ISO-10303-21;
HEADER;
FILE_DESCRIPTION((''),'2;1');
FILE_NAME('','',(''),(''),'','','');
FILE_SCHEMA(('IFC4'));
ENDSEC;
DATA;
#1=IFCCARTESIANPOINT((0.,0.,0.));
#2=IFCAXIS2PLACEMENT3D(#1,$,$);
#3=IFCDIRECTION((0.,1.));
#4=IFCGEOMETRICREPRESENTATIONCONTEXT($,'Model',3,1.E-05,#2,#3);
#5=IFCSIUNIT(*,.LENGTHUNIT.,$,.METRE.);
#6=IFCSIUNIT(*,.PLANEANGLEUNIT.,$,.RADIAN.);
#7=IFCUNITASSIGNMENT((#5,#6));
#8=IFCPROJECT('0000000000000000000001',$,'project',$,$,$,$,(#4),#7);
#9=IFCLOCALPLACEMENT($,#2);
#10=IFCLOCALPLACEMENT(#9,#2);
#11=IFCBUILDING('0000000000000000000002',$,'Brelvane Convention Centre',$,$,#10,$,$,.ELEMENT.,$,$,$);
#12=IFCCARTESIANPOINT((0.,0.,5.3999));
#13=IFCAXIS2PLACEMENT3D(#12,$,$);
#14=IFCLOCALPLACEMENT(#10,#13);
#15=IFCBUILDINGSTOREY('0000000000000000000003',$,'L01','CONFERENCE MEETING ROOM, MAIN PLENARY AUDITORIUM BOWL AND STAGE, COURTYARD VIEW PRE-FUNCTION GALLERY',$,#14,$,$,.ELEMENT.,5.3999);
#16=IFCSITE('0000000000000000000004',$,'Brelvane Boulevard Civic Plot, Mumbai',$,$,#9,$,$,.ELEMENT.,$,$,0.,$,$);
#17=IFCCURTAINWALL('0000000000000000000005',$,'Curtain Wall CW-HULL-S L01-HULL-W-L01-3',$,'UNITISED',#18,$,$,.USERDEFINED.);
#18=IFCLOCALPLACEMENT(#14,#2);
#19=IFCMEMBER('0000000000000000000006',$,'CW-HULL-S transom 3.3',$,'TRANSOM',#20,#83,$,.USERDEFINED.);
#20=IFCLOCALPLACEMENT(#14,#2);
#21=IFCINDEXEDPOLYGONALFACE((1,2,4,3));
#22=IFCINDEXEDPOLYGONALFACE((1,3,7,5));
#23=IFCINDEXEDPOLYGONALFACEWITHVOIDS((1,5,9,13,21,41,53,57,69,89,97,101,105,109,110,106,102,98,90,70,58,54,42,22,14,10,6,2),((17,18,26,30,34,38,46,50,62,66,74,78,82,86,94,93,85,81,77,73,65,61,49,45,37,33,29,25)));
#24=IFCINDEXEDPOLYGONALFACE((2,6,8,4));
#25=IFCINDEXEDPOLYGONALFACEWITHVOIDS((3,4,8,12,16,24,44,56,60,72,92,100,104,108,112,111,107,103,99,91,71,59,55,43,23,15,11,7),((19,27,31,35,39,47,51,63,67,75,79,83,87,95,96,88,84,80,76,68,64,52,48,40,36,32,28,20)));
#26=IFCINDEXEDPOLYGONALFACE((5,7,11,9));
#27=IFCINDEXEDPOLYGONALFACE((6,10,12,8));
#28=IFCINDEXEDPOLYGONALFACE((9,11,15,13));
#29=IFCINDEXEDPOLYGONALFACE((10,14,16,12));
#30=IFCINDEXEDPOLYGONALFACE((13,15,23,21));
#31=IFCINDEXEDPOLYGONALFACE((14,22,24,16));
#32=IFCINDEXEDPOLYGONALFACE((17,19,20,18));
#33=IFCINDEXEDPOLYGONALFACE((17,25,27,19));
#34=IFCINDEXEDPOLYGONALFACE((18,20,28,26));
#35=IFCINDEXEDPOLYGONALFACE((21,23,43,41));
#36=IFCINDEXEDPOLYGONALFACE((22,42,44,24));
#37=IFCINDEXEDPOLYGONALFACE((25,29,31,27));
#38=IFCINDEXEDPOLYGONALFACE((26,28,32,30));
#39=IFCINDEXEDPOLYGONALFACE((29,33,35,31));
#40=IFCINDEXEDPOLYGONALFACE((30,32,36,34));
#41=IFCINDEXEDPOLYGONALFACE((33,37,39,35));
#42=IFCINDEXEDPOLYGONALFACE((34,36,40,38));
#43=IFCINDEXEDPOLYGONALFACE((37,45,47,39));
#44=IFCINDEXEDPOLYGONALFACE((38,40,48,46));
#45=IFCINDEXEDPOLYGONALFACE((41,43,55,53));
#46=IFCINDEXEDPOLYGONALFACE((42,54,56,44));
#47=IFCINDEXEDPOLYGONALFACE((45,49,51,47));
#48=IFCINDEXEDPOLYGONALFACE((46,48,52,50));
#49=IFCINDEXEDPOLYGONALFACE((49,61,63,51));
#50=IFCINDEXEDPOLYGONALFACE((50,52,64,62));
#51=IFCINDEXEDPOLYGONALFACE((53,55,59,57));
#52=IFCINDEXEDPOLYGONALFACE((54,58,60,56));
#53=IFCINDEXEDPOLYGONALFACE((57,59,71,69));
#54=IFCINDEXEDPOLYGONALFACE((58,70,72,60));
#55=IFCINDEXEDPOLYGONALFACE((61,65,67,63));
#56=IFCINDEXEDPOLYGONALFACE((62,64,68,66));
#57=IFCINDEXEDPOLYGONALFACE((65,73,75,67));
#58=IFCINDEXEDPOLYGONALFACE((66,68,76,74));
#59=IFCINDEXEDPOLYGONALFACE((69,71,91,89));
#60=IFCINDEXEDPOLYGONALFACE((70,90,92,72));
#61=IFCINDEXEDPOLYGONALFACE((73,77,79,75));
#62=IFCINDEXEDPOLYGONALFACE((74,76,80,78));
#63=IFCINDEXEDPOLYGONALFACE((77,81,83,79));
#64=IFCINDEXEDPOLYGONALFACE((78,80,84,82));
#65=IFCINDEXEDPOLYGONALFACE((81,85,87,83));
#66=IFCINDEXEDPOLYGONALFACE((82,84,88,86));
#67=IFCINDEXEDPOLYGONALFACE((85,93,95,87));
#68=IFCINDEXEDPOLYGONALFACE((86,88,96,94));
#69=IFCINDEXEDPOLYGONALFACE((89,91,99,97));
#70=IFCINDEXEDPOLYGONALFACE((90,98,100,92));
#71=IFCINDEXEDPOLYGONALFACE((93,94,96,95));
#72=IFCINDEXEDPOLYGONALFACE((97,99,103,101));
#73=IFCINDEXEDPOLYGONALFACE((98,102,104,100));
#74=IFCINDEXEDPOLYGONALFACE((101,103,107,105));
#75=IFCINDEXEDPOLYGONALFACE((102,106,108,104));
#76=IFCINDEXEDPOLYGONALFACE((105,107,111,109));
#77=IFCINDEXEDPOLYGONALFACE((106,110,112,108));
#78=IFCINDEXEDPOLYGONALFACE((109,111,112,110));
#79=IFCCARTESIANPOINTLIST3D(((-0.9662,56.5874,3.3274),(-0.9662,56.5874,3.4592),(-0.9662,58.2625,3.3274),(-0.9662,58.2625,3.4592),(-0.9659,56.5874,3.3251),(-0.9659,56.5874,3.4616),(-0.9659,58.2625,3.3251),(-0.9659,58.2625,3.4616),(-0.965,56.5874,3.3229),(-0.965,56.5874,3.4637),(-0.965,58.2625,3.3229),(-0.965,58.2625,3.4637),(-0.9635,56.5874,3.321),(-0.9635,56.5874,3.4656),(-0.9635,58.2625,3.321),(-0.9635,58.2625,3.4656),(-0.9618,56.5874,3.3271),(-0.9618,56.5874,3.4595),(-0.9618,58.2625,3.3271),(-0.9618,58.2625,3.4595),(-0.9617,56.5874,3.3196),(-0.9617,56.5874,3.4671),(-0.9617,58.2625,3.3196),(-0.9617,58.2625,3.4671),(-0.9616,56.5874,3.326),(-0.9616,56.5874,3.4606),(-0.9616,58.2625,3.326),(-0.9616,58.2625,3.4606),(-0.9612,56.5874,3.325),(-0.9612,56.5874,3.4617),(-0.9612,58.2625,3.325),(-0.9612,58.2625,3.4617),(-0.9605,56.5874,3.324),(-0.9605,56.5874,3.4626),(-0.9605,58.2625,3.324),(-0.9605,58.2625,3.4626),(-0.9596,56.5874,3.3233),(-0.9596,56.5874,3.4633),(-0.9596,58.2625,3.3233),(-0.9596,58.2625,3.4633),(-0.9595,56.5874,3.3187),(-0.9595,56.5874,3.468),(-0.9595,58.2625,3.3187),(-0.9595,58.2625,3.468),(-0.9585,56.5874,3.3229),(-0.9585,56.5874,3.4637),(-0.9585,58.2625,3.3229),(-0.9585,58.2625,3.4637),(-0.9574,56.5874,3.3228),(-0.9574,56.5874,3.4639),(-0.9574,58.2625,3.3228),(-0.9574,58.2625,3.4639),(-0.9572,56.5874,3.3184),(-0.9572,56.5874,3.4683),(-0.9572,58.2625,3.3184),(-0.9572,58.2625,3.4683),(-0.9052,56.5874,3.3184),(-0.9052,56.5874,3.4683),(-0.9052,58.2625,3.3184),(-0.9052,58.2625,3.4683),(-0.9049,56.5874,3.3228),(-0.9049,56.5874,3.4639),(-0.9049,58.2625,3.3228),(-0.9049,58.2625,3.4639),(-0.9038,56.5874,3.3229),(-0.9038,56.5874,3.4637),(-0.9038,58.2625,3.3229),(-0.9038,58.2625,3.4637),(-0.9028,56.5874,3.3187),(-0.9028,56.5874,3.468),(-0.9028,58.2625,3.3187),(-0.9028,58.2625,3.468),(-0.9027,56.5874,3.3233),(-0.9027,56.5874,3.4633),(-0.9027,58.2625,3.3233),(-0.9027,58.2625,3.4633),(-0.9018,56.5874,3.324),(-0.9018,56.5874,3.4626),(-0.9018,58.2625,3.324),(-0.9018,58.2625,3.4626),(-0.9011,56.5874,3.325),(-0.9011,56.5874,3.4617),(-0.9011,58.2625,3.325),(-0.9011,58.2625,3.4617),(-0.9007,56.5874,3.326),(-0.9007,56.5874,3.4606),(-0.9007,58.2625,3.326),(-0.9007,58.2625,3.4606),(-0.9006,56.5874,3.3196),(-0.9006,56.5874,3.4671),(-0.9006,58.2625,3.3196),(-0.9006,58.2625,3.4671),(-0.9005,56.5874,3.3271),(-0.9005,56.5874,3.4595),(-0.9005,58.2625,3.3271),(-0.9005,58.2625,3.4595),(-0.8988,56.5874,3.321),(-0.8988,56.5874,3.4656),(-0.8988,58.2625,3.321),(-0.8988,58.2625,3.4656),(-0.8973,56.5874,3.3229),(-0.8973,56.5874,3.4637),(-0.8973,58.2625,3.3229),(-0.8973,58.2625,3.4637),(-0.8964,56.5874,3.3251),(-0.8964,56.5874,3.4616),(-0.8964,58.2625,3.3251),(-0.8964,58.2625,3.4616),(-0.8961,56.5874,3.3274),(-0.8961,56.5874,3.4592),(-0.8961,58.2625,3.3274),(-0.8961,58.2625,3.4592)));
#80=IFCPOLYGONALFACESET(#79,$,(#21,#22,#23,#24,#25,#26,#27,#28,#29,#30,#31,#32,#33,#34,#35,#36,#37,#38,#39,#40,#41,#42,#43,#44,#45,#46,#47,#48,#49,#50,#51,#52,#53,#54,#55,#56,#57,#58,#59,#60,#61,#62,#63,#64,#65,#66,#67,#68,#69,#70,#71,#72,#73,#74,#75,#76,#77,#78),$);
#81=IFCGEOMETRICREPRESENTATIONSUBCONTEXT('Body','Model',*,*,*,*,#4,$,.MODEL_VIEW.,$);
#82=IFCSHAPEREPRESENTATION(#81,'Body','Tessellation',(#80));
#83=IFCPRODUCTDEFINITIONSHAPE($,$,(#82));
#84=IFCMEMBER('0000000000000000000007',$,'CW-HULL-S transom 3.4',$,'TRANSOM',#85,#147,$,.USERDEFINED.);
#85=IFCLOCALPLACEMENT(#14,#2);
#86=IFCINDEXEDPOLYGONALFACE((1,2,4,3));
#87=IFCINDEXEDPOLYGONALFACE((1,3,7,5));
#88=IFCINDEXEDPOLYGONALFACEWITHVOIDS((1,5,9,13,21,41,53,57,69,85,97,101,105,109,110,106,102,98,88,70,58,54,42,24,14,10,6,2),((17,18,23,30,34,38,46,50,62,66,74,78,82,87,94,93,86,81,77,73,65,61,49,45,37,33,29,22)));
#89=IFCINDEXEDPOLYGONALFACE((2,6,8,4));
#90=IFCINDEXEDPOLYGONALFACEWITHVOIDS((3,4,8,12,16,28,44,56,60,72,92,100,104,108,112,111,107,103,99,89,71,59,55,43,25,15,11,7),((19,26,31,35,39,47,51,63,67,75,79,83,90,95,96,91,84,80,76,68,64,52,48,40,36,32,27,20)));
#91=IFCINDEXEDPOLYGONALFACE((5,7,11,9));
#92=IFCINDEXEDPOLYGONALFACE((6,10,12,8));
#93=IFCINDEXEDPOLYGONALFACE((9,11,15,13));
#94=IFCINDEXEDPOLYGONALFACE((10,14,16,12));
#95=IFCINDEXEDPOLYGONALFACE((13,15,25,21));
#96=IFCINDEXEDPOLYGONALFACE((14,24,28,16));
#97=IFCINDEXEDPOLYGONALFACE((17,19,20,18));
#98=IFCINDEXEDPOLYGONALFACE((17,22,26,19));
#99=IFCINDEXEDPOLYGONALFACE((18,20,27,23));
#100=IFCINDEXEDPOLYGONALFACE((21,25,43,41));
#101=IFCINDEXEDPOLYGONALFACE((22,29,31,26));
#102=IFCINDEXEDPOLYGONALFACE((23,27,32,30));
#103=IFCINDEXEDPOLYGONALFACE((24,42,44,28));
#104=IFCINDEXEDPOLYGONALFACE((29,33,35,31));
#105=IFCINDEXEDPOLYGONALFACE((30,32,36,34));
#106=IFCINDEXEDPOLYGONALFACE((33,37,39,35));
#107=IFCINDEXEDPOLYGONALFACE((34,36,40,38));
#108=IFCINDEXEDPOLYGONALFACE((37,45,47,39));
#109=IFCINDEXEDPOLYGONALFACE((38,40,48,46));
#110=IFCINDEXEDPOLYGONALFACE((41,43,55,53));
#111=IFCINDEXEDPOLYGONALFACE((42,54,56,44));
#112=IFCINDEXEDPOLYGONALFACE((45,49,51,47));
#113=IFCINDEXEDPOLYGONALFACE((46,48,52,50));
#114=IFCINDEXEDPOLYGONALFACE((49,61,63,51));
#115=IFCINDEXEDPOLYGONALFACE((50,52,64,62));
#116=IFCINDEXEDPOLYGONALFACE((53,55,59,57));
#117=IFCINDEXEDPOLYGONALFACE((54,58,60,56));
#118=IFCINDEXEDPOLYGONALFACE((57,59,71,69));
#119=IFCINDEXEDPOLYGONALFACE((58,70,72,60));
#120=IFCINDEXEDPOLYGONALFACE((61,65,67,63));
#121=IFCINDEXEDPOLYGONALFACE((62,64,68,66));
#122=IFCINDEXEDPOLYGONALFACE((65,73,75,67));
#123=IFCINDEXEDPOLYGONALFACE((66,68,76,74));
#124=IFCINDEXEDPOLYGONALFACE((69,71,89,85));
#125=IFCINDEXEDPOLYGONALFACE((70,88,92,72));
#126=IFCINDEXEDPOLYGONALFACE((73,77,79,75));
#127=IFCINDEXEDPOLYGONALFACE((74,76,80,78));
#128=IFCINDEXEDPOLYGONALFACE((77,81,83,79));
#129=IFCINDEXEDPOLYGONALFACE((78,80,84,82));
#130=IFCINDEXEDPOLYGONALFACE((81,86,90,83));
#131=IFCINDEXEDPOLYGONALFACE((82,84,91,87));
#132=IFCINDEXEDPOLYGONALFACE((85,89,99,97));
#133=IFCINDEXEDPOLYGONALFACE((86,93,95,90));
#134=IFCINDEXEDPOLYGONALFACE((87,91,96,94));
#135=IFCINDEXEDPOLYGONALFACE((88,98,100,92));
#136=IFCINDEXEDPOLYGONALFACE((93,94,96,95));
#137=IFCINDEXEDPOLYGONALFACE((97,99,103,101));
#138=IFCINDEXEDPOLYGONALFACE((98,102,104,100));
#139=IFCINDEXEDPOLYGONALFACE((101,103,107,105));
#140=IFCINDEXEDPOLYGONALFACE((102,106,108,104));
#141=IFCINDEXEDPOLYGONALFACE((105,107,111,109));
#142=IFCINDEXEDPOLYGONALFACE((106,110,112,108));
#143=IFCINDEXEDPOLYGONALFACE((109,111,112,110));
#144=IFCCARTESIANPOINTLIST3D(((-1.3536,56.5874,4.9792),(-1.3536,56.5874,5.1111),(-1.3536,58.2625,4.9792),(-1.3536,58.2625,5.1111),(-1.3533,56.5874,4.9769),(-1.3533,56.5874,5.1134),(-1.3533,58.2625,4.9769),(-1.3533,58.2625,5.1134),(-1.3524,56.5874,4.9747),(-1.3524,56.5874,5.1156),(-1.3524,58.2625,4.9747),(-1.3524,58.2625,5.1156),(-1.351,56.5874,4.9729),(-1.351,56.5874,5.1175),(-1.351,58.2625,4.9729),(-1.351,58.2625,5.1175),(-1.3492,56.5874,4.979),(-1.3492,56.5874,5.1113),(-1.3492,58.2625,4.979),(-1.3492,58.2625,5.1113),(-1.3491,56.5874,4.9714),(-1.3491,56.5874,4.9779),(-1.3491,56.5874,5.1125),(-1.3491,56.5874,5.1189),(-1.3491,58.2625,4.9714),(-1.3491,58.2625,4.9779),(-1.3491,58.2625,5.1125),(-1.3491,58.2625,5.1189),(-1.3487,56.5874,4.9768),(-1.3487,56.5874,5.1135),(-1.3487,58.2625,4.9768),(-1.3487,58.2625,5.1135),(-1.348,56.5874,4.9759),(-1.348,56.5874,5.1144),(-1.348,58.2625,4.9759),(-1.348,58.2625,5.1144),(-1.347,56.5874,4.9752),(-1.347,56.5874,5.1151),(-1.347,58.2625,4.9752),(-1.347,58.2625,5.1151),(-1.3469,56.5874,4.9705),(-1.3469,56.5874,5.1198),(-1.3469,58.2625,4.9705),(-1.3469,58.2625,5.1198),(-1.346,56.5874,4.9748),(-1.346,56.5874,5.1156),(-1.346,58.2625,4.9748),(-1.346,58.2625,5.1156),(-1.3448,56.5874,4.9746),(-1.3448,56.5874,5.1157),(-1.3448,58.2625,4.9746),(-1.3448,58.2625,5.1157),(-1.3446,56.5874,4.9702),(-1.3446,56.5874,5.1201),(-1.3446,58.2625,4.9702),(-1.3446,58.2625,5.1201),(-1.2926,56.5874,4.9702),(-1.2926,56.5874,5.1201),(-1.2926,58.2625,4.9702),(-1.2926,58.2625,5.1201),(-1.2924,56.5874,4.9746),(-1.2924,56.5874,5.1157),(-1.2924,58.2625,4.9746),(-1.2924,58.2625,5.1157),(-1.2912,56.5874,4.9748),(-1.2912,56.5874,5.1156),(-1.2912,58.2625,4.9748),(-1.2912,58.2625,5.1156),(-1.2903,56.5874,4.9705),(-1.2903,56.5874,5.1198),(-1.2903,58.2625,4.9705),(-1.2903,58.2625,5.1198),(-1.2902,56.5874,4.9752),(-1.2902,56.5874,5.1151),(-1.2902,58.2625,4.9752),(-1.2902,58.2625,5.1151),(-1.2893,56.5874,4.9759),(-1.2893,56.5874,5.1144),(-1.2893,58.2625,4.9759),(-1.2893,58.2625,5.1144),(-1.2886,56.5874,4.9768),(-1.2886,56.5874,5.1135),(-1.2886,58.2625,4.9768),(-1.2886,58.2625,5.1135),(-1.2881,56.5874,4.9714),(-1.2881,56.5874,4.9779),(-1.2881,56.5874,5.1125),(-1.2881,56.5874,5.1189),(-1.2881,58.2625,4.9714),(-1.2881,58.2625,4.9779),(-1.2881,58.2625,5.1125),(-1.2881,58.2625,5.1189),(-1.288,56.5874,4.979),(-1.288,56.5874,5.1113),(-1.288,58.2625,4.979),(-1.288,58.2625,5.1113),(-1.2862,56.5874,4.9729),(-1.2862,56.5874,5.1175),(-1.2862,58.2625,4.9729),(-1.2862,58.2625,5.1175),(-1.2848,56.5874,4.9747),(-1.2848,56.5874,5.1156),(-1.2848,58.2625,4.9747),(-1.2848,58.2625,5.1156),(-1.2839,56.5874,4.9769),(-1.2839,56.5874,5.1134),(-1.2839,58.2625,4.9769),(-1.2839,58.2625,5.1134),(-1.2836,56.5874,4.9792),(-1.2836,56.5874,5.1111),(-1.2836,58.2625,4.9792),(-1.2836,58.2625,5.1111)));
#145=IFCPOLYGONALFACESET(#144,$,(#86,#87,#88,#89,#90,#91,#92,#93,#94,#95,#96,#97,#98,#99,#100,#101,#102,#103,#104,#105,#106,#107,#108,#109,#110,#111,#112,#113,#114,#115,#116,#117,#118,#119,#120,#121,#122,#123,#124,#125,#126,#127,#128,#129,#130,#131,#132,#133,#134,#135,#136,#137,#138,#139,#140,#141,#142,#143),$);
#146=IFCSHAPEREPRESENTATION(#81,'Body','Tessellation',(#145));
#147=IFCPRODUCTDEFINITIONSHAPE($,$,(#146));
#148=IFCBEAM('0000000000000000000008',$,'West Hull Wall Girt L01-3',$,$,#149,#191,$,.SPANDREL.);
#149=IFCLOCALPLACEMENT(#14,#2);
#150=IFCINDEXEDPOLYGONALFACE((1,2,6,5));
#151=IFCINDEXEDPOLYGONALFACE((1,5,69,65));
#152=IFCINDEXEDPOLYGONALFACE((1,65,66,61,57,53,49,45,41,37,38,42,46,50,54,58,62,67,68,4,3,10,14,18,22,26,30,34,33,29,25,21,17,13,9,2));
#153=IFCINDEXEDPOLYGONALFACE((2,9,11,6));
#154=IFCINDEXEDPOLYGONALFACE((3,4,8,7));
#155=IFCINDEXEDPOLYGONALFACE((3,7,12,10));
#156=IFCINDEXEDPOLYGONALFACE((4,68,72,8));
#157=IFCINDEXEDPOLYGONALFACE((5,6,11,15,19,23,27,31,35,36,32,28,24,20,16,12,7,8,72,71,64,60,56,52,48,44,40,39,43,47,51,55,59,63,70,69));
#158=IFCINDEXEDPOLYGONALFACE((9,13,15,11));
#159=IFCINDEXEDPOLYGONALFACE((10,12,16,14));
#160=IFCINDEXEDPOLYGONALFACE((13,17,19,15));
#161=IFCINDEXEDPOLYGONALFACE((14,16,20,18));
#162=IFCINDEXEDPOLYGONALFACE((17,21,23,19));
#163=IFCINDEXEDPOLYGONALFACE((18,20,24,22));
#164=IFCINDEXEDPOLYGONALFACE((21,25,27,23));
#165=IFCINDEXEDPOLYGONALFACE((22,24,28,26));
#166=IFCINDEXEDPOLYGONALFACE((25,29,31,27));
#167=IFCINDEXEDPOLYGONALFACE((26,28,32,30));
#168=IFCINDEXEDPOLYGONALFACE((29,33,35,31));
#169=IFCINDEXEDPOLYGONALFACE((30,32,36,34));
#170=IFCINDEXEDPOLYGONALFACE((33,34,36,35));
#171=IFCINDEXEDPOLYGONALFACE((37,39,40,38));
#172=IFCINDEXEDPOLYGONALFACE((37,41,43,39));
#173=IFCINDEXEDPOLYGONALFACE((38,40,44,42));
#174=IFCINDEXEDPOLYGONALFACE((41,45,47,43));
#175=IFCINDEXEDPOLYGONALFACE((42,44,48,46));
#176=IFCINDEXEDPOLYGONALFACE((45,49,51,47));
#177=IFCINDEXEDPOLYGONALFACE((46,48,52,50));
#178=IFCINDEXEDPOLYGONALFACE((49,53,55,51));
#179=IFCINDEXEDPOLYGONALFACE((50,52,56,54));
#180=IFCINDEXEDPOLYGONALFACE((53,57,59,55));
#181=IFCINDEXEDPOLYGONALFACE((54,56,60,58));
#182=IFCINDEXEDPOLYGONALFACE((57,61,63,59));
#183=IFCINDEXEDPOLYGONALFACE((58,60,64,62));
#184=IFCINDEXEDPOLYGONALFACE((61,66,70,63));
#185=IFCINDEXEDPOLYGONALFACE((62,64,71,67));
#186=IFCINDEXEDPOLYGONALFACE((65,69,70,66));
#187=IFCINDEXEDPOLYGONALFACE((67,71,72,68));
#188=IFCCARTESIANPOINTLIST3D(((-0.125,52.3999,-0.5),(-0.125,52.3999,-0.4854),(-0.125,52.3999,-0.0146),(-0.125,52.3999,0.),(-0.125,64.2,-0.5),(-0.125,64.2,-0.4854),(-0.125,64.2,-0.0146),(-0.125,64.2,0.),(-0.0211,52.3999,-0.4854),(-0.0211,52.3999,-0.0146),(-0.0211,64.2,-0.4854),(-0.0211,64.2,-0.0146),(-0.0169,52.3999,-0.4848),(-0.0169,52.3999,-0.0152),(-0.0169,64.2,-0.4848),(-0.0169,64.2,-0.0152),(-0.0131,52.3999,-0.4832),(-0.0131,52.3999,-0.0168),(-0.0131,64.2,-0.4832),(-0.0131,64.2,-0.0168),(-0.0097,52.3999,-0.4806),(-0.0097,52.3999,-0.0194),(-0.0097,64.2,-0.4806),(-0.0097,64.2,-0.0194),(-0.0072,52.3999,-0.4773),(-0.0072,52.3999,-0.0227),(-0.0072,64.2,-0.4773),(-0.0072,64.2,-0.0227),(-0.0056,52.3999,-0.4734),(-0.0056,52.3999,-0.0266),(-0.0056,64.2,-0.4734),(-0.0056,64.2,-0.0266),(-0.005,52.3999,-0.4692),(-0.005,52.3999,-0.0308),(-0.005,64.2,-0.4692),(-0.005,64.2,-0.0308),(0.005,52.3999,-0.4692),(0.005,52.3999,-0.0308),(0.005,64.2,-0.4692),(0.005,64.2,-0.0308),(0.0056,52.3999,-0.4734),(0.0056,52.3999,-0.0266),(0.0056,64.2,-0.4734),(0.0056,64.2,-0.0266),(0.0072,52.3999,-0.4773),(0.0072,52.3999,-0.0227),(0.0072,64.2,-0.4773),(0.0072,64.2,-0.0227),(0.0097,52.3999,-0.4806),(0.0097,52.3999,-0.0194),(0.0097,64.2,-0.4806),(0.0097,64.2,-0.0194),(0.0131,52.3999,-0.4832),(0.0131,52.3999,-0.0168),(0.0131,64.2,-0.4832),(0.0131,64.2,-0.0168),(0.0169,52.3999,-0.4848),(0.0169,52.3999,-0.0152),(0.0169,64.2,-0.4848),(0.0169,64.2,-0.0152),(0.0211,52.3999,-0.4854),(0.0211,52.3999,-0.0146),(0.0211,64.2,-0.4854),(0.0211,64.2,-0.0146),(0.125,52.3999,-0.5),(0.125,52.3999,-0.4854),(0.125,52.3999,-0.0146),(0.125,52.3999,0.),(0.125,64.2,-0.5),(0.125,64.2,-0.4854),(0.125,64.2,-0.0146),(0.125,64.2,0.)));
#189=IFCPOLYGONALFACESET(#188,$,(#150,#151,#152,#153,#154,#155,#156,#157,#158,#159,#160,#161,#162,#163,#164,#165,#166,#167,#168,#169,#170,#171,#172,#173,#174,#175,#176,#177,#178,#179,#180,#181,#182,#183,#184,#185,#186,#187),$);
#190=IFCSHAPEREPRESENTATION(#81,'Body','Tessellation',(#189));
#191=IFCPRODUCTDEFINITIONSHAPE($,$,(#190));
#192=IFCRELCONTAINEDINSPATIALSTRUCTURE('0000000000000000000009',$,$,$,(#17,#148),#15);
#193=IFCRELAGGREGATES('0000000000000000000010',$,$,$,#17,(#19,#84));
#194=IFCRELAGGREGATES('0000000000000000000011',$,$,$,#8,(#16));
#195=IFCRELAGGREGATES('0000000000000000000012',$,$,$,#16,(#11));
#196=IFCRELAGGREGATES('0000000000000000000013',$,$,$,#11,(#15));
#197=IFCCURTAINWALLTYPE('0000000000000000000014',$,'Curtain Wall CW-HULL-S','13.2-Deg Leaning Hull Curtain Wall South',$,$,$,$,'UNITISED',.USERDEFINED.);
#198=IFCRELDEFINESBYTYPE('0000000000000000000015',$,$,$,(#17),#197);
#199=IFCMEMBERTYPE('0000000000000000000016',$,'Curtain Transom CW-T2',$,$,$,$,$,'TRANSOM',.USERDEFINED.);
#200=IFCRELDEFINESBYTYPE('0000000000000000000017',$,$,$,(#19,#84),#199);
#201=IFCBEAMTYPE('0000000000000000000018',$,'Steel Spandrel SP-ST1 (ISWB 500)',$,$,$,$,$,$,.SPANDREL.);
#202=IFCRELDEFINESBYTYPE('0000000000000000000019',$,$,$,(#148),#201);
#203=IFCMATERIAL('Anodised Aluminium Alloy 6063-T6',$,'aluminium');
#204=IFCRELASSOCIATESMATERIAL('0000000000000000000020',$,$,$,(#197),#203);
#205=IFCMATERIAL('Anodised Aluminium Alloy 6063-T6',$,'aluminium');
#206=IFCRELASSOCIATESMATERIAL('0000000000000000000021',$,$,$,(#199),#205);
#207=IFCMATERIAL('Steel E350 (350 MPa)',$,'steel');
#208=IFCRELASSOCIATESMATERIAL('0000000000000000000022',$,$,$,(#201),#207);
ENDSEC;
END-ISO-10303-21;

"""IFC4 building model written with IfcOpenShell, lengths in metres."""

from ifc_helpers import new_model, si_unit, direction, frame, origin, origin_2d, place, context, subcontext, project, spatial, hollow_rectangle, i_section, extrude, material, material_profile, profile_set, type_object, element, aggregate, save


model = new_model("IFC4")

# Units and contexts
model_context = context("Model", 3, precision=1e-05, world=origin(), true_north=direction((0.0, 1.0)))
body_context = subcontext(model_context, "Body", "Model", "MODEL_VIEW")
ifc_project = project(units=[si_unit("LENGTHUNIT", "METRE"), si_unit("PLANEANGLEUNIT", "RADIAN")], contexts=[model_context])

# Site, building, storey
site_placement = place(None, origin())
site = spatial("IfcSite", under=ifc_project, at=site_placement, Name="Brelvane Boulevard Civic Plot, Mumbai", CompositionType="ELEMENT", RefElevation=0.0)
building_placement = place(site_placement, origin())
building = spatial("IfcBuilding", under=site, at=building_placement, Name="Brelvane Convention Centre", CompositionType="ELEMENT")
storey_placement = place(building_placement, frame((0.0, 0.0, 5.3999)))
storey = spatial("IfcBuildingStorey", under=building, at=storey_placement, Name="L01", Description="CONFERENCE MEETING ROOM, MAIN PLENARY AUDITORIUM BOWL AND STAGE, COURTYARD VIEW PRE-FUNCTION GALLERY", CompositionType="ELEMENT", Elevation=5.3999)

# Shared definitions
ifc_material_1 = material(Name="Anodised Aluminium Alloy 6063-T6", Category="aluminium")
curtain_wall_type = type_object("IfcCurtainWallType", Name="Curtain Wall CW-HULL-S", Description="13.2-Deg Leaning Hull Curtain Wall South", ElementType="UNITISED", PredefinedType="USERDEFINED", material=ifc_material_1)

# Curtain wall, members
curtain_wall_1_placement = place(storey_placement, origin())
curtain_wall_1 = element("IfcCurtainWall", 1, at=curtain_wall_1_placement, inside=storey, type_object=curtain_wall_type, Name="Curtain Wall CW-HULL-S L01-HULL-W-L01-3", ObjectType="UNITISED", PredefinedType="USERDEFINED")
ifc_material_2 = material(Name="Anodised Aluminium Alloy 6063-T6", Category="aluminium")
ifc_material_profile_1 = material_profile(ifc_material_2, hollow_rectangle(XDim=0.0701, YDim=0.1499, WallThickness=0.0044, InnerFilletRadius=0.0044, OuterFilletRadius=0.009, at=origin_2d()), Name="ALU-T 150x70x4.5")
ifc_profile_set_1 = profile_set([ifc_material_profile_1], Name="Anodised Aluminium Alloy 6063-T6")
member_type_1 = type_object("IfcMemberType", Name="Curtain Transom CW-T2", ElementType="TRANSOM", PredefinedType="USERDEFINED", material=ifc_profile_set_1)
member_1_placement = place(storey_placement, frame((-0.9312, 56.5874, 3.3933), z_axis=(0.0, 1.0, 0.0), x_axis=(-1.0, 0.0, 0.0)))
member_1 = element("IfcMember", 2, at=member_1_placement, type_object=member_type_1, Name="CW-HULL-S transom 3.3", ObjectType="TRANSOM", PredefinedType="USERDEFINED", context=body_context, shape_type="SweptSolid", body=[
    extrude(hollow_rectangle(XDim=0.0701, YDim=0.1499, WallThickness=0.0044, InnerFilletRadius=0.0044, OuterFilletRadius=0.009, at=origin_2d()), origin(), (0.0, 0.0, 1.0), 1.675),
])
member_2_placement = place(storey_placement, frame((-1.3186, 56.5874, 5.0452), z_axis=(0.0, 1.0, 0.0), x_axis=(-1.0, 0.0, 0.0)))
member_2 = element("IfcMember", 3, at=member_2_placement, type_object=member_type_1, Name="CW-HULL-S transom 3.4", ObjectType="TRANSOM", PredefinedType="USERDEFINED", context=body_context, shape_type="SweptSolid", body=[
    extrude(hollow_rectangle(XDim=0.0701, YDim=0.1499, WallThickness=0.0044, InnerFilletRadius=0.0044, OuterFilletRadius=0.009, at=origin_2d()), origin(), (0.0, 0.0, 1.0), 1.675),
])

# Beam
ifc_material_3 = material(Name="Steel E350 (350 MPa)", Category="steel")
ifc_material_profile_2 = material_profile(ifc_material_3, i_section(OverallWidth=0.25, OverallDepth=0.5, WebThickness=0.01, FlangeThickness=0.0146, FilletRadius=0.0161, at=origin_2d()), Name="ISWB 500")
ifc_profile_set_2 = profile_set([ifc_material_profile_2], Name="Steel E350 (350 MPa)")
beam_type = type_object("IfcBeamType", Name="Steel Spandrel SP-ST1 (ISWB 500)", PredefinedType="SPANDREL", material=ifc_profile_set_2)
beam_placement = place(storey_placement, frame((0.0, 52.3999, -0.25), z_axis=(0.0, 1.0, 0.0), x_axis=(-1.0, 0.0, 0.0)))
element("IfcBeam", 4, at=beam_placement, inside=storey, type_object=beam_type, Name="West Hull Wall Girt L01-3", PredefinedType="SPANDREL", context=body_context, shape_type="SweptSolid", body=[
    extrude(i_section(OverallWidth=0.25, OverallDepth=0.5, WebThickness=0.01, FlangeThickness=0.0146, FilletRadius=0.0161, at=origin_2d()), origin(), (0.0, 0.0, 1.0), 11.8),
])

aggregate(curtain_wall_1, [member_1, member_2])

save(model, "model.ifc")
